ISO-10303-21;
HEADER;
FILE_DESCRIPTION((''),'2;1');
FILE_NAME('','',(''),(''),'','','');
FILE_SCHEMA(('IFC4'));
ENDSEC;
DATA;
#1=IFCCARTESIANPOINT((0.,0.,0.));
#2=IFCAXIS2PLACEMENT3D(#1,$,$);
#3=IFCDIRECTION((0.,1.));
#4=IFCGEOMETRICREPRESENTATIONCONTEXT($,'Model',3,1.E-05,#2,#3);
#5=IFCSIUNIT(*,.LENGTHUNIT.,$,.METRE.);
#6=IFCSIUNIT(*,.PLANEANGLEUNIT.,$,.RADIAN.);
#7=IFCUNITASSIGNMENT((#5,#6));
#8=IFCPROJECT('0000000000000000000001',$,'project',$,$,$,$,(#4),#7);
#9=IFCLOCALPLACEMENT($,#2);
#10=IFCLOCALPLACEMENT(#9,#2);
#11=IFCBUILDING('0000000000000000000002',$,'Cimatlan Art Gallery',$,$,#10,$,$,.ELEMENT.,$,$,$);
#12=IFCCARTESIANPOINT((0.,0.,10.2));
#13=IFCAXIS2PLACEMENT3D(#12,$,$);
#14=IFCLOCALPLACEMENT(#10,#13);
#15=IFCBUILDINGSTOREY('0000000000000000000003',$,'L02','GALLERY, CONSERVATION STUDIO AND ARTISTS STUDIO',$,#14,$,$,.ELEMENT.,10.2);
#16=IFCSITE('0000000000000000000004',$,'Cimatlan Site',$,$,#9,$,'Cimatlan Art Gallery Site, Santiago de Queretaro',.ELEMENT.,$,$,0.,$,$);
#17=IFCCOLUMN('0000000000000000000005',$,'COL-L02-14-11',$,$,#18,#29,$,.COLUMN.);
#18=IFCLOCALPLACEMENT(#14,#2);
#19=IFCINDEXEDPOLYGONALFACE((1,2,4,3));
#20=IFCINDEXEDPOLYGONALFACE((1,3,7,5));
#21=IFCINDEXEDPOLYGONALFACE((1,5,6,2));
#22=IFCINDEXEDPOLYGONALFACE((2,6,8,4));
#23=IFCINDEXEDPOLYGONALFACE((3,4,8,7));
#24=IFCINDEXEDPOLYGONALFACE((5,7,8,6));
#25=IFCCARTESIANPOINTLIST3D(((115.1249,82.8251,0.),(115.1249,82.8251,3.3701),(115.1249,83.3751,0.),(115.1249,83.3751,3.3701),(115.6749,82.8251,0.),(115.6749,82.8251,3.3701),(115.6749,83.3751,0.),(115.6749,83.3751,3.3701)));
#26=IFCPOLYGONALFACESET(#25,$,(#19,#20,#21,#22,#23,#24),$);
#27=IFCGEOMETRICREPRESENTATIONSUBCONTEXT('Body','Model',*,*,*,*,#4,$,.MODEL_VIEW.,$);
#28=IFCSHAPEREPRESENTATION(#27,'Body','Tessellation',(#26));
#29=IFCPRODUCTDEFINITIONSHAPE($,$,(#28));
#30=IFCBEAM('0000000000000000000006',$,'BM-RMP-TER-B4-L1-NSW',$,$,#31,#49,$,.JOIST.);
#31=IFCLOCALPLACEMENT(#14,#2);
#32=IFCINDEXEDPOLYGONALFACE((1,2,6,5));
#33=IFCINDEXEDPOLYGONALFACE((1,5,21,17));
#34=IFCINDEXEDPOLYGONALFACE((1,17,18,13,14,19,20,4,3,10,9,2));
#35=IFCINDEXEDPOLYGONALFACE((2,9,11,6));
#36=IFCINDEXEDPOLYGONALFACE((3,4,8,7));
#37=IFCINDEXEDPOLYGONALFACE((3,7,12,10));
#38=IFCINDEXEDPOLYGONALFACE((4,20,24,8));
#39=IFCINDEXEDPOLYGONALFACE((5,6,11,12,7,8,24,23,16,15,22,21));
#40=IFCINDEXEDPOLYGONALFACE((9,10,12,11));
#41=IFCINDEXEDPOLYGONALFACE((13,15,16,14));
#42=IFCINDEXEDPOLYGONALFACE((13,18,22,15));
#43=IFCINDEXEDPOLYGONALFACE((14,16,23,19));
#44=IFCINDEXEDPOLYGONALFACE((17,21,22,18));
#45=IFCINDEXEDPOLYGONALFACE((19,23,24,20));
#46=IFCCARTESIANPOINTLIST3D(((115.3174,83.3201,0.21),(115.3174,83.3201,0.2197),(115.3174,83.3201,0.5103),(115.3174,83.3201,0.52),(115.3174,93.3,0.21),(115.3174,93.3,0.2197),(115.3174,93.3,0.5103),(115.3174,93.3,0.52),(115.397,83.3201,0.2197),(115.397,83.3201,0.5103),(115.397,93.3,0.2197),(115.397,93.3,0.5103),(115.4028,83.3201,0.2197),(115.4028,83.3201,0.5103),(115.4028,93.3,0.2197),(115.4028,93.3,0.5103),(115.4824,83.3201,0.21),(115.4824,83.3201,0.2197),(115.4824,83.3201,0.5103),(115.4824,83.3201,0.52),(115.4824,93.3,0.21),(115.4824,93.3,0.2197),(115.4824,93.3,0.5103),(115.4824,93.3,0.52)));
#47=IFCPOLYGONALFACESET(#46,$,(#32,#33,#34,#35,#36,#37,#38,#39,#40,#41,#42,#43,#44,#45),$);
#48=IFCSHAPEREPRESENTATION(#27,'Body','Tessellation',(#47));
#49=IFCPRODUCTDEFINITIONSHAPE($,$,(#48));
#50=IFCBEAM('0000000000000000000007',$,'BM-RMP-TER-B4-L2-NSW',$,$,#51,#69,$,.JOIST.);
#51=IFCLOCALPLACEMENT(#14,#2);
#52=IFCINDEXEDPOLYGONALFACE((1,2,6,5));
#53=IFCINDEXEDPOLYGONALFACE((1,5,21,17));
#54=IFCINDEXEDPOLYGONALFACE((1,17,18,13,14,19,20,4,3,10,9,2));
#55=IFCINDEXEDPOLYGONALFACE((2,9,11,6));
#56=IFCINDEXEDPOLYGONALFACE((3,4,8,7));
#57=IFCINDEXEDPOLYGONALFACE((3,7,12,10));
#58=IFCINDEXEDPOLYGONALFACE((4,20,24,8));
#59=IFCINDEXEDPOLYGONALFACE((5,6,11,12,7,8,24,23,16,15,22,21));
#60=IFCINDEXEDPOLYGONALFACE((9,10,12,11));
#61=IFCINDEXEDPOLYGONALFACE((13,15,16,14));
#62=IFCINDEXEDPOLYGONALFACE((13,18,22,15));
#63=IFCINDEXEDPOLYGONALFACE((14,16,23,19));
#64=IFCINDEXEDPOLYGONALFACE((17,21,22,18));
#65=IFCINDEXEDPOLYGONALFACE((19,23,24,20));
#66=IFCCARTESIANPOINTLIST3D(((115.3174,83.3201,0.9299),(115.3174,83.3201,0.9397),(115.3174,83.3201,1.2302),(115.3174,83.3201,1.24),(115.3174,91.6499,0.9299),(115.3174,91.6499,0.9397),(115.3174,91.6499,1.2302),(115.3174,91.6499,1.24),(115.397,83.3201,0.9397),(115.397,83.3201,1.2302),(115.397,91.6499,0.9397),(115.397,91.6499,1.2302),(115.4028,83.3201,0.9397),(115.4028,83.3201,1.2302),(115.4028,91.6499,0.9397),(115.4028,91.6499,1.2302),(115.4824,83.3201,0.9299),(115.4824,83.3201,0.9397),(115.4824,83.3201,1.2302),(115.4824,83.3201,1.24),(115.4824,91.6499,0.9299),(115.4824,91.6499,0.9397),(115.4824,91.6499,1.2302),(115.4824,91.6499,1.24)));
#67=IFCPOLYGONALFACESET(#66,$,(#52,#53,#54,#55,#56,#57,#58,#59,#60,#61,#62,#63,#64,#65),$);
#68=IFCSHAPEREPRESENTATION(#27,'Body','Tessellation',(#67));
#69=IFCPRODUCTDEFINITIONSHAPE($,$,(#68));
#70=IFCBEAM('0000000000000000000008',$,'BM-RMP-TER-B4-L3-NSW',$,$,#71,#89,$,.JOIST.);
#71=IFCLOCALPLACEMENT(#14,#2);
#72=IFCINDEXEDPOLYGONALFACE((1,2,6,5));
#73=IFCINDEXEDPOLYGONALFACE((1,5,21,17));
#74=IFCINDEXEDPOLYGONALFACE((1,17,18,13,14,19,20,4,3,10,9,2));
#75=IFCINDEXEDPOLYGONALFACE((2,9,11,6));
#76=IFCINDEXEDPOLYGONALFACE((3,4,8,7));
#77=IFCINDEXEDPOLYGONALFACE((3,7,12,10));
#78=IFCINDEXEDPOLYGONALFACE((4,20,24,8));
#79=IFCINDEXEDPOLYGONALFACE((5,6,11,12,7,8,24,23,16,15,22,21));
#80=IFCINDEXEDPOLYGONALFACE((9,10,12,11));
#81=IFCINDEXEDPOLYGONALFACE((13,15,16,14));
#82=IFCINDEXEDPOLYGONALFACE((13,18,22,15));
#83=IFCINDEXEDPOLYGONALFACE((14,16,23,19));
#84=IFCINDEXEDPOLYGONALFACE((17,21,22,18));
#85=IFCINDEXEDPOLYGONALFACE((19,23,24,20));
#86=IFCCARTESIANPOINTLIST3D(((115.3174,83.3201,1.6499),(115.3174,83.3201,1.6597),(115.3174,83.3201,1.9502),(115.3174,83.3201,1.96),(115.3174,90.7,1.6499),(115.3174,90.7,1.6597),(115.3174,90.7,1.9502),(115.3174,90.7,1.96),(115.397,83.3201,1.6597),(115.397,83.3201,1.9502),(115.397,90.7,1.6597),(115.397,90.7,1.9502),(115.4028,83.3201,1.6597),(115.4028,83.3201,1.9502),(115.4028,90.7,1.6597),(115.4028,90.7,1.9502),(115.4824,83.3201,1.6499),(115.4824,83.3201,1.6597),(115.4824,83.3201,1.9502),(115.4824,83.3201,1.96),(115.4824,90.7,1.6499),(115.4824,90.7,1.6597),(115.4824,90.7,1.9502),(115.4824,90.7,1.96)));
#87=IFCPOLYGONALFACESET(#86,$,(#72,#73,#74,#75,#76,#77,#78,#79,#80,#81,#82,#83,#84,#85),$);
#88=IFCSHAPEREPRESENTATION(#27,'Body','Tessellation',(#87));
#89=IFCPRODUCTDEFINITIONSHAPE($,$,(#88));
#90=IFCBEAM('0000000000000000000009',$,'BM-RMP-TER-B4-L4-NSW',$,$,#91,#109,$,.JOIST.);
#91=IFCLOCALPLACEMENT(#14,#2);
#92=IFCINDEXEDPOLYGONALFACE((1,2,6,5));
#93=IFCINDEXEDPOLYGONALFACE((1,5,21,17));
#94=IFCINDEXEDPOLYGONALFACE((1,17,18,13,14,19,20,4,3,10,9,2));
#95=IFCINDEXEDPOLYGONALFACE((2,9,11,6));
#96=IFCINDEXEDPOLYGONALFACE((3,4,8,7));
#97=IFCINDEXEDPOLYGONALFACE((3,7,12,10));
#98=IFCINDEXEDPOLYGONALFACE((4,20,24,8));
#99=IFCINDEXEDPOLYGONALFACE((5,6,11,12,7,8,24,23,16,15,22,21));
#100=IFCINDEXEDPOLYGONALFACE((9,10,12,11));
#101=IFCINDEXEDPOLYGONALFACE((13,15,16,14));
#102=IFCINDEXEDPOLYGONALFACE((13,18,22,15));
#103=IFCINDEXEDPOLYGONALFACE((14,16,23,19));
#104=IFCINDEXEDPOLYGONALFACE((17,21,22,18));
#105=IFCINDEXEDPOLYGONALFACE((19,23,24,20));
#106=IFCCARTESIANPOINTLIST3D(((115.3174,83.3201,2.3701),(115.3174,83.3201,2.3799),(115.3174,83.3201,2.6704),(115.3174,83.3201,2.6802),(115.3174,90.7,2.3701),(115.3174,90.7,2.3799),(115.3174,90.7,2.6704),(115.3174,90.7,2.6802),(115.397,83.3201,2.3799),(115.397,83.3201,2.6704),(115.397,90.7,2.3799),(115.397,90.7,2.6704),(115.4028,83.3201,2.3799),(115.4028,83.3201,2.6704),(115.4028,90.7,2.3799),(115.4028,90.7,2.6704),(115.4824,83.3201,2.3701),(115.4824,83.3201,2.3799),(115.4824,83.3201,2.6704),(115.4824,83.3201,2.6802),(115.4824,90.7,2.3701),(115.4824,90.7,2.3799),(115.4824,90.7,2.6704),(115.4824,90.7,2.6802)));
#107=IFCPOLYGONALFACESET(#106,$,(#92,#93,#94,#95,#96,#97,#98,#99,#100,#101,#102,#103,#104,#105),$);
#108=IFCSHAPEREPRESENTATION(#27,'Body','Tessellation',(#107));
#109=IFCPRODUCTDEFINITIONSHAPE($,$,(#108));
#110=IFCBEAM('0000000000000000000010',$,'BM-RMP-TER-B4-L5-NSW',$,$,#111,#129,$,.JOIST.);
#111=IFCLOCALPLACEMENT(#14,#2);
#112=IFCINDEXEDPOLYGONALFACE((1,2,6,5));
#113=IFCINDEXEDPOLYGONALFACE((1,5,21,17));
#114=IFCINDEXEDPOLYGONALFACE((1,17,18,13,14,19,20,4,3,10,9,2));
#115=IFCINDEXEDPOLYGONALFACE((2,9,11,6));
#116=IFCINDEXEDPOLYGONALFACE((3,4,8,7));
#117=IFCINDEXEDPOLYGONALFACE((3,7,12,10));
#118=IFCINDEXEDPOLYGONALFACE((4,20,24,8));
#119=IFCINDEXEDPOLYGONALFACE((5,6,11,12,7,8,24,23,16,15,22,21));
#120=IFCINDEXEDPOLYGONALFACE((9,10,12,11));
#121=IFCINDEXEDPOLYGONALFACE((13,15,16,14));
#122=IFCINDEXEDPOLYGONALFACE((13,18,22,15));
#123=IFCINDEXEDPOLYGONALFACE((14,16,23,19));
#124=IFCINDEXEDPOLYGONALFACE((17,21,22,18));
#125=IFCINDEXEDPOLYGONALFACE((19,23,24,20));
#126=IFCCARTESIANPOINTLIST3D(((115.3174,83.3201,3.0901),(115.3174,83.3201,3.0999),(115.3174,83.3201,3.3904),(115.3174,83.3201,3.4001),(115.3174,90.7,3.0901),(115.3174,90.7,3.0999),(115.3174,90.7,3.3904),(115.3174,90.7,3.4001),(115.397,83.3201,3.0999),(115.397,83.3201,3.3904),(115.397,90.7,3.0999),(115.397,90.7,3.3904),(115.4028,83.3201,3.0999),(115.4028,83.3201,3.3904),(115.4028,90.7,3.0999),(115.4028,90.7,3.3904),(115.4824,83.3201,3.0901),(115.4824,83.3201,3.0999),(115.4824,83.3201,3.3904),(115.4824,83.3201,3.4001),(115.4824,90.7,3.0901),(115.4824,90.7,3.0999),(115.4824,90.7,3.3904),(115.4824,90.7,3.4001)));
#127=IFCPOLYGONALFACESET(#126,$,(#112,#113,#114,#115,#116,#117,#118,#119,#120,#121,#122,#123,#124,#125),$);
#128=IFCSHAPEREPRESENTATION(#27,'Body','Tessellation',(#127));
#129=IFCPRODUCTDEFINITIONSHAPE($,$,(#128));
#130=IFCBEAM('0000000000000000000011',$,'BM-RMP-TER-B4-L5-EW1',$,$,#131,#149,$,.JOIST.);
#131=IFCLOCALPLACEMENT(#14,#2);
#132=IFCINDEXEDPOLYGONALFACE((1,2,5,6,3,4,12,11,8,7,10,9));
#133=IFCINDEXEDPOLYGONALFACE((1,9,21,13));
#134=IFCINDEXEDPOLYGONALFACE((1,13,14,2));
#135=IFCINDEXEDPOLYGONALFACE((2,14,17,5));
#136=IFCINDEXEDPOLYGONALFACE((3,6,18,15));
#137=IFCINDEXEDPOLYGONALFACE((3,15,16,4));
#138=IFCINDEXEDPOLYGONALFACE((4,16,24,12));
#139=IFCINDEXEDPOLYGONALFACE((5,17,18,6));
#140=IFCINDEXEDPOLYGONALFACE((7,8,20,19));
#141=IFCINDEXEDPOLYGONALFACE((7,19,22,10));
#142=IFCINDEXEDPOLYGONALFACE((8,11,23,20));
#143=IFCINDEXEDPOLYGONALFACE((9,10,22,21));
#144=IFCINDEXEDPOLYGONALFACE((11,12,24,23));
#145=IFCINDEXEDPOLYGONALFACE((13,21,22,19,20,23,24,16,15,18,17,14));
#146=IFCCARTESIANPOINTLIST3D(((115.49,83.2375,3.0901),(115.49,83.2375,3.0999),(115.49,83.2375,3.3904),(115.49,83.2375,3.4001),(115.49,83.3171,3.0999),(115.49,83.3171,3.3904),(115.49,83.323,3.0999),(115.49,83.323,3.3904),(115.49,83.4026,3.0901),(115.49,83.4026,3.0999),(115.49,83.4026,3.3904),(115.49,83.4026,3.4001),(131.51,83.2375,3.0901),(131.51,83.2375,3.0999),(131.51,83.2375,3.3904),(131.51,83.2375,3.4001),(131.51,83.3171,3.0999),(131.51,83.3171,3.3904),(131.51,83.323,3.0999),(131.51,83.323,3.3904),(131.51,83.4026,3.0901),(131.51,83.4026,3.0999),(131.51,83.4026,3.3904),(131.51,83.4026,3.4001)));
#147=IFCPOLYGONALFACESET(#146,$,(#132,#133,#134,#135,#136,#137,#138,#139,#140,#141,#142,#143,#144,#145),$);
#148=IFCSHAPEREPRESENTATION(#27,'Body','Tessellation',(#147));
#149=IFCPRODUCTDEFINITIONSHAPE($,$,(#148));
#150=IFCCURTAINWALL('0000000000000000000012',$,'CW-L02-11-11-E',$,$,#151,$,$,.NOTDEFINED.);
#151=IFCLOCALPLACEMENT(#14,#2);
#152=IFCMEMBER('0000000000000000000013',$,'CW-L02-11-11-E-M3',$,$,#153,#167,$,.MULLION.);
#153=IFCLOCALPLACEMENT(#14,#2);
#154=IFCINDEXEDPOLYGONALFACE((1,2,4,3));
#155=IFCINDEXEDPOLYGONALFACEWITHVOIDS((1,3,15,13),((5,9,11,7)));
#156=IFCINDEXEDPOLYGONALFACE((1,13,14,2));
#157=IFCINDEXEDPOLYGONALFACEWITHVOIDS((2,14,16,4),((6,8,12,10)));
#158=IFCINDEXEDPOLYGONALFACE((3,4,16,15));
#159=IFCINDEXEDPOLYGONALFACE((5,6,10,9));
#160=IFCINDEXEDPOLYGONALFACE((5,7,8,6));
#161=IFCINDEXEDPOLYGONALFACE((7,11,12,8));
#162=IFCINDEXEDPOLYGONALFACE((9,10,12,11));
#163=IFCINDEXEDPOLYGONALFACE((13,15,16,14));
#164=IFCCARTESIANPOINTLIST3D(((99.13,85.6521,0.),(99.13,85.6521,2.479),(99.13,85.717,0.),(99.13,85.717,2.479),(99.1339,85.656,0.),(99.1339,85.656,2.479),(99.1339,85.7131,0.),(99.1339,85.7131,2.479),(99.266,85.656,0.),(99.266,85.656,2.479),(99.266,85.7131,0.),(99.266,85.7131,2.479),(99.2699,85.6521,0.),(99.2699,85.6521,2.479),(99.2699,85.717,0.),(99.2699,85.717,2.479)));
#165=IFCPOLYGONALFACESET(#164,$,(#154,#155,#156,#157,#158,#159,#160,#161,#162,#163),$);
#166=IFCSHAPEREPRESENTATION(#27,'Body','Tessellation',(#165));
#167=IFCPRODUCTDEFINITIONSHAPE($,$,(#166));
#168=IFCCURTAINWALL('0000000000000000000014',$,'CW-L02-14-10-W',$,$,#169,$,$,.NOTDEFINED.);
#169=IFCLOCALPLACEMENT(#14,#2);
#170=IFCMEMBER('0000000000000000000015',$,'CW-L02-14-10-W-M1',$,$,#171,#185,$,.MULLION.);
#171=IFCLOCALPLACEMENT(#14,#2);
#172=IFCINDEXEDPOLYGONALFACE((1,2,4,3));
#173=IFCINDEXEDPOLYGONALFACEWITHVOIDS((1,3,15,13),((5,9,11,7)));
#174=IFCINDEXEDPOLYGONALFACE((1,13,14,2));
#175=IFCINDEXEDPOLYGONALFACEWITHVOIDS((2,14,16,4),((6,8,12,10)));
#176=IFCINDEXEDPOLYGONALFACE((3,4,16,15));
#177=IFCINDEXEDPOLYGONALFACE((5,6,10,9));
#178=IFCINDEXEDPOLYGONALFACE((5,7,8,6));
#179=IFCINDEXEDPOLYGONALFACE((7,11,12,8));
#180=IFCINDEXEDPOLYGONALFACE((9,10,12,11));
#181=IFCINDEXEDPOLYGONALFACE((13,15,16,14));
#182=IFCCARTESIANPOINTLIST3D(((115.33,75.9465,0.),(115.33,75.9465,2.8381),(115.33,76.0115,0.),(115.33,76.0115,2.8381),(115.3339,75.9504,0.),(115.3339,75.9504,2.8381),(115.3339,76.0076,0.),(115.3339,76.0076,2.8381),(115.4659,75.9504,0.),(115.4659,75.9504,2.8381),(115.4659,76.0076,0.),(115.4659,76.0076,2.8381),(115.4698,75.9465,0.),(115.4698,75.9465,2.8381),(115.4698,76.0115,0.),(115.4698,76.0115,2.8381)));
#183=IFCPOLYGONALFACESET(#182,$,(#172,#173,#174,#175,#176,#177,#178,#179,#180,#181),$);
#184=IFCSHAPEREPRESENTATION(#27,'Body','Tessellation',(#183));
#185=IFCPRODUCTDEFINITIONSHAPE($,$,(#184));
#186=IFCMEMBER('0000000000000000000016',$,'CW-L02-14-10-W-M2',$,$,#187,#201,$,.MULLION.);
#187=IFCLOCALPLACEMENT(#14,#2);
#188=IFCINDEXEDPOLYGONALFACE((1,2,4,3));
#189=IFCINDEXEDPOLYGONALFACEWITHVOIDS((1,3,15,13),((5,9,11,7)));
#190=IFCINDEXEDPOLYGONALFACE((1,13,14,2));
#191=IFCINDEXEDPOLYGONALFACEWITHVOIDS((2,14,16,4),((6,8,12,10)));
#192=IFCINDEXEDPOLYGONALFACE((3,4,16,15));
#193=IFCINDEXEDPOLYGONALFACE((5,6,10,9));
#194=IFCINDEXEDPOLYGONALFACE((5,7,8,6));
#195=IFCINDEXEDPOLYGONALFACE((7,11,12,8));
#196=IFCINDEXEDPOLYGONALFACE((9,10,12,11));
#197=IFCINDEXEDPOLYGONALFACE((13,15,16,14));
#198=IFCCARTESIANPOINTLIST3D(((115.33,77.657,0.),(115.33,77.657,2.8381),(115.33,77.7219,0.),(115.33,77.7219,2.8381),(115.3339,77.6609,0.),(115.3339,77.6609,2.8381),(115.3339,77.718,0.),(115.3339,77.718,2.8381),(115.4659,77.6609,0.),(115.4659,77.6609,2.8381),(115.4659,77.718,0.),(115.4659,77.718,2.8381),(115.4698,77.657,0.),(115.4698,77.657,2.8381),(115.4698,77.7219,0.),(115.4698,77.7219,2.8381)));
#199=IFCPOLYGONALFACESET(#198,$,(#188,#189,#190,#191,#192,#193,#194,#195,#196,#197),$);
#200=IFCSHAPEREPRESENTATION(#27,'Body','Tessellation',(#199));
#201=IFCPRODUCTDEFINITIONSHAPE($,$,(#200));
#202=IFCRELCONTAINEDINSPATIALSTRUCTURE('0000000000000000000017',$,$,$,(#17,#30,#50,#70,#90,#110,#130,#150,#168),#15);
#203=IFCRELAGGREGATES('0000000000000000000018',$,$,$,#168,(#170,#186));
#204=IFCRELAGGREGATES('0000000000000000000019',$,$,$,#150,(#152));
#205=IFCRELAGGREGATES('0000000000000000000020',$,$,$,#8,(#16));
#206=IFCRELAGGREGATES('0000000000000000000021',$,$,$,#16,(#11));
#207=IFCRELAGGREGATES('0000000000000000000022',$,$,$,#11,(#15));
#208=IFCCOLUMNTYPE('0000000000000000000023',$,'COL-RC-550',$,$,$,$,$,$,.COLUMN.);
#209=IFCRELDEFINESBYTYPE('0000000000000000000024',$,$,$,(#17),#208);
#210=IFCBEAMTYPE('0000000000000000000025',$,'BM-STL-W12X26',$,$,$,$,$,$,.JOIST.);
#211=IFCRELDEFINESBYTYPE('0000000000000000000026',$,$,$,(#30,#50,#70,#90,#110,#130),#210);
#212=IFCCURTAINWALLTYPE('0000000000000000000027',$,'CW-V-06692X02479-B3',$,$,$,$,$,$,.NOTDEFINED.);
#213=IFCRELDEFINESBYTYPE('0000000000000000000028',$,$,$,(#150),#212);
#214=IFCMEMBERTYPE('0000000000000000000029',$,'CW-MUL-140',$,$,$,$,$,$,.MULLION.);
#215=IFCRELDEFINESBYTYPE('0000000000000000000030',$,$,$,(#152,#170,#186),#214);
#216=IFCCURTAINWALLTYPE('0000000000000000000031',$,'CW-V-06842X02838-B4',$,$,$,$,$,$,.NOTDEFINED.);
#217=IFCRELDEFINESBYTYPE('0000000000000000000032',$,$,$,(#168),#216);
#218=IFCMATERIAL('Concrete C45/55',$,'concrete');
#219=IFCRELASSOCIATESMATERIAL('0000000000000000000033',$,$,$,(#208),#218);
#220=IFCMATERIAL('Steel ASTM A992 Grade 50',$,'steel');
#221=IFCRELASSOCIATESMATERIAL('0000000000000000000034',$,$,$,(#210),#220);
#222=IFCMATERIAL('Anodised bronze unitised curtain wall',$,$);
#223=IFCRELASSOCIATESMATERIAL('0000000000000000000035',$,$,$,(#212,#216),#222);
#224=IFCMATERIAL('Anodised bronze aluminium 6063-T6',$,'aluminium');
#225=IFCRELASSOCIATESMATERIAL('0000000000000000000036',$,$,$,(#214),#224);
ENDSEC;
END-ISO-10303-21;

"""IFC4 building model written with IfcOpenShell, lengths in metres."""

from ifc_helpers import new_model, si_unit, direction, frame, origin, origin_2d, place, context, subcontext, project, spatial, rectangle, hollow_rectangle, i_section, extrude, material, material_profile, profile_set, type_object, element, aggregate, save


model = new_model("IFC4")

# Units and contexts
model_context = context("Model", 3, precision=1e-05, world=origin(), true_north=direction((0.0, 1.0)))
body_context = subcontext(model_context, "Body", "Model", "MODEL_VIEW")
ifc_project = project(units=[si_unit("LENGTHUNIT", "METRE"), si_unit("PLANEANGLEUNIT", "RADIAN")], contexts=[model_context])

# Site, building, storey
site_placement = place(None, origin())
site = spatial("IfcSite", under=ifc_project, at=site_placement, Name="Cimatlan Site", LongName="Cimatlan Art Gallery Site, Santiago de Queretaro", CompositionType="ELEMENT", RefElevation=0.0)
building_placement = place(site_placement, origin())
building = spatial("IfcBuilding", under=site, at=building_placement, Name="Cimatlan Art Gallery", CompositionType="ELEMENT")
storey_placement = place(building_placement, frame((0.0, 0.0, 10.2)))
storey = spatial("IfcBuildingStorey", under=building, at=storey_placement, Name="L02", Description="GALLERY, CONSERVATION STUDIO AND ARTISTS STUDIO", CompositionType="ELEMENT", Elevation=10.2)

# Column
ifc_material_1 = material(Name="Concrete C45/55", Category="concrete")
ifc_material_profile_1 = material_profile(ifc_material_1, rectangle(XDim=0.55, YDim=0.55, at=origin_2d()), Name="RC550X550")
ifc_profile_set_1 = profile_set([ifc_material_profile_1], Name="Concrete C45/55")
column_type = type_object("IfcColumnType", Name="COL-RC-550", PredefinedType="COLUMN", material=ifc_profile_set_1)
column_placement = place(storey_placement, frame((115.3999, 83.1001, 0.0), z_axis=(0.0, 0.0, 1.0), x_axis=(1.0, 0.0, 0.0)))
element("IfcColumn", 1, at=column_placement, inside=storey, type_object=column_type, Name="COL-L02-14-11", PredefinedType="COLUMN", context=body_context, shape_type="SweptSolid", body=[
    extrude(rectangle(XDim=0.55, YDim=0.55, at=origin_2d()), origin(), (0.0, 0.0, 1.0), 3.3701),
])

# Beams
ifc_material_2 = material(Name="Steel ASTM A992 Grade 50", Category="steel")
ifc_material_profile_2 = material_profile(ifc_material_2, i_section(OverallWidth=0.165, OverallDepth=0.3101, WebThickness=0.0059, FlangeThickness=0.0098, at=origin_2d()), Name="W12X26")
ifc_profile_set_2 = profile_set([ifc_material_profile_2], Name="Steel ASTM A992 Grade 50")
beam_type = type_object("IfcBeamType", Name="BM-STL-W12X26", PredefinedType="JOIST", material=ifc_profile_set_2)
beam_1_placement = place(storey_placement, frame((115.3999, 83.3201, 0.365), z_axis=(0.0, 1.0, 0.0), x_axis=(-1.0, 0.0, 0.0)))
element("IfcBeam", 2, at=beam_1_placement, inside=storey, type_object=beam_type, Name="BM-RMP-TER-B4-L1-NSW", PredefinedType="JOIST", context=body_context, shape_type="SweptSolid", body=[
    extrude(i_section(OverallWidth=0.165, OverallDepth=0.3101, WebThickness=0.0059, FlangeThickness=0.0098, at=origin_2d()), origin(), (0.0, 0.0, 1.0), 9.98),
])
beam_2_placement = place(storey_placement, frame((115.3999, 83.3201, 1.085), z_axis=(0.0, 1.0, 0.0), x_axis=(-1.0, 0.0, 0.0)))
element("IfcBeam", 3, at=beam_2_placement, inside=storey, type_object=beam_type, Name="BM-RMP-TER-B4-L2-NSW", PredefinedType="JOIST", context=body_context, shape_type="SweptSolid", body=[
    extrude(i_section(OverallWidth=0.165, OverallDepth=0.3101, WebThickness=0.0059, FlangeThickness=0.0098, at=origin_2d()), origin(), (0.0, 0.0, 1.0), 8.3298),
])
for number, where, z_axis, x_axis, name in (
    (4, (115.3999, 83.3201, 1.8049), (0.0, 1.0, 0.0), (-1.0, 0.0, 0.0), "BM-RMP-TER-B4-L3-NSW"),
    (5, (115.3999, 83.3201, 2.5251), (0.0, 1.0, 0.0), (-1.0, 0.0, 0.0), "BM-RMP-TER-B4-L4-NSW"),
    (6, (115.3999, 83.3201, 3.2451), (0.0, 1.0, 0.0), (-1.0, 0.0, 0.0), "BM-RMP-TER-B4-L5-NSW"),
):
    element("IfcBeam", number, at=place(storey_placement, frame(where, z_axis=z_axis, x_axis=x_axis)), inside=storey, type_object=beam_type, Name=name, PredefinedType="JOIST", context=body_context, shape_type="SweptSolid", body=[
        extrude(i_section(OverallWidth=0.165, OverallDepth=0.3101, WebThickness=0.0059, FlangeThickness=0.0098, at=origin_2d()), origin(), (0.0, 0.0, 1.0), 7.3799),
    ])
beam_3_placement = place(storey_placement, frame((115.49, 83.3201, 3.2451), z_axis=(1.0, 0.0, 0.0), x_axis=(0.0, 1.0, 0.0)))
element("IfcBeam", 7, at=beam_3_placement, inside=storey, type_object=beam_type, Name="BM-RMP-TER-B4-L5-EW1", PredefinedType="JOIST", context=body_context, shape_type="SweptSolid", body=[
    extrude(i_section(OverallWidth=0.165, OverallDepth=0.3101, WebThickness=0.0059, FlangeThickness=0.0098, at=origin_2d()), origin(), (0.0, 0.0, 1.0), 16.02),
])

# Curtain wall, member
ifc_material_3 = material(Name="Anodised bronze unitised curtain wall")
curtain_wall_type_1 = type_object("IfcCurtainWallType", Name="CW-V-06692X02479-B3", PredefinedType="NOTDEFINED", material=ifc_material_3)
curtain_wall_1_placement = place(storey_placement, origin())
curtain_wall_1 = element("IfcCurtainWall", 8, at=curtain_wall_1_placement, inside=storey, type_object=curtain_wall_type_1, Name="CW-L02-11-11-E", PredefinedType="NOTDEFINED")
ifc_material_4 = material(Name="Anodised bronze aluminium 6063-T6", Category="aluminium")
ifc_material_profile_3 = material_profile(ifc_material_4, hollow_rectangle(XDim=0.0649, YDim=0.1399, WallThickness=0.0039, at=origin_2d()), Name="ALU65X140X4")
ifc_profile_set_3 = profile_set([ifc_material_profile_3], Name="Anodised bronze aluminium 6063-T6")
member_type_1 = type_object("IfcMemberType", Name="CW-MUL-140", PredefinedType="MULLION", material=ifc_profile_set_3)
member_1_placement = place(storey_placement, frame((99.2, 85.6846, 0.0), z_axis=(0.0, 0.0, 1.0), x_axis=(0.0, 1.0, 0.0)))
member_1 = element("IfcMember", 9, at=member_1_placement, type_object=member_type_1, Name="CW-L02-11-11-E-M3", PredefinedType="MULLION", context=body_context, shape_type="SweptSolid", body=[
    extrude(hollow_rectangle(XDim=0.0649, YDim=0.1399, WallThickness=0.0039, at=origin_2d()), origin(), (0.0, 0.0, 1.0), 2.479),
])

# Curtain wall, members
curtain_wall_type_2 = type_object("IfcCurtainWallType", Name="CW-V-06842X02838-B4", PredefinedType="NOTDEFINED", material=ifc_material_3)
curtain_wall_2_placement = place(storey_placement, origin())
curtain_wall_2 = element("IfcCurtainWall", 10, at=curtain_wall_2_placement, inside=storey, type_object=curtain_wall_type_2, Name="CW-L02-14-10-W", PredefinedType="NOTDEFINED")
member_2_placement = place(storey_placement, frame((115.3999, 75.979, 0.0), z_axis=(0.0, 0.0, 1.0), x_axis=(0.0, 1.0, 0.0)))
member_2 = element("IfcMember", 11, at=member_2_placement, type_object=member_type_1, Name="CW-L02-14-10-W-M1", PredefinedType="MULLION", context=body_context, shape_type="SweptSolid", body=[
    extrude(hollow_rectangle(XDim=0.0649, YDim=0.1399, WallThickness=0.0039, at=origin_2d()), origin(), (0.0, 0.0, 1.0), 2.8381),
])
member_3_placement = place(storey_placement, frame((115.3999, 77.6895, 0.0), z_axis=(0.0, 0.0, 1.0), x_axis=(0.0, 1.0, 0.0)))
member_3 = element("IfcMember", 12, at=member_3_placement, type_object=member_type_1, Name="CW-L02-14-10-W-M2", PredefinedType="MULLION", context=body_context, shape_type="SweptSolid", body=[
    extrude(hollow_rectangle(XDim=0.0649, YDim=0.1399, WallThickness=0.0039, at=origin_2d()), origin(), (0.0, 0.0, 1.0), 2.8381),
])
aggregate(curtain_wall_2, [member_2, member_3])

aggregate(curtain_wall_1, [member_1])

save(model, "model.ifc")
